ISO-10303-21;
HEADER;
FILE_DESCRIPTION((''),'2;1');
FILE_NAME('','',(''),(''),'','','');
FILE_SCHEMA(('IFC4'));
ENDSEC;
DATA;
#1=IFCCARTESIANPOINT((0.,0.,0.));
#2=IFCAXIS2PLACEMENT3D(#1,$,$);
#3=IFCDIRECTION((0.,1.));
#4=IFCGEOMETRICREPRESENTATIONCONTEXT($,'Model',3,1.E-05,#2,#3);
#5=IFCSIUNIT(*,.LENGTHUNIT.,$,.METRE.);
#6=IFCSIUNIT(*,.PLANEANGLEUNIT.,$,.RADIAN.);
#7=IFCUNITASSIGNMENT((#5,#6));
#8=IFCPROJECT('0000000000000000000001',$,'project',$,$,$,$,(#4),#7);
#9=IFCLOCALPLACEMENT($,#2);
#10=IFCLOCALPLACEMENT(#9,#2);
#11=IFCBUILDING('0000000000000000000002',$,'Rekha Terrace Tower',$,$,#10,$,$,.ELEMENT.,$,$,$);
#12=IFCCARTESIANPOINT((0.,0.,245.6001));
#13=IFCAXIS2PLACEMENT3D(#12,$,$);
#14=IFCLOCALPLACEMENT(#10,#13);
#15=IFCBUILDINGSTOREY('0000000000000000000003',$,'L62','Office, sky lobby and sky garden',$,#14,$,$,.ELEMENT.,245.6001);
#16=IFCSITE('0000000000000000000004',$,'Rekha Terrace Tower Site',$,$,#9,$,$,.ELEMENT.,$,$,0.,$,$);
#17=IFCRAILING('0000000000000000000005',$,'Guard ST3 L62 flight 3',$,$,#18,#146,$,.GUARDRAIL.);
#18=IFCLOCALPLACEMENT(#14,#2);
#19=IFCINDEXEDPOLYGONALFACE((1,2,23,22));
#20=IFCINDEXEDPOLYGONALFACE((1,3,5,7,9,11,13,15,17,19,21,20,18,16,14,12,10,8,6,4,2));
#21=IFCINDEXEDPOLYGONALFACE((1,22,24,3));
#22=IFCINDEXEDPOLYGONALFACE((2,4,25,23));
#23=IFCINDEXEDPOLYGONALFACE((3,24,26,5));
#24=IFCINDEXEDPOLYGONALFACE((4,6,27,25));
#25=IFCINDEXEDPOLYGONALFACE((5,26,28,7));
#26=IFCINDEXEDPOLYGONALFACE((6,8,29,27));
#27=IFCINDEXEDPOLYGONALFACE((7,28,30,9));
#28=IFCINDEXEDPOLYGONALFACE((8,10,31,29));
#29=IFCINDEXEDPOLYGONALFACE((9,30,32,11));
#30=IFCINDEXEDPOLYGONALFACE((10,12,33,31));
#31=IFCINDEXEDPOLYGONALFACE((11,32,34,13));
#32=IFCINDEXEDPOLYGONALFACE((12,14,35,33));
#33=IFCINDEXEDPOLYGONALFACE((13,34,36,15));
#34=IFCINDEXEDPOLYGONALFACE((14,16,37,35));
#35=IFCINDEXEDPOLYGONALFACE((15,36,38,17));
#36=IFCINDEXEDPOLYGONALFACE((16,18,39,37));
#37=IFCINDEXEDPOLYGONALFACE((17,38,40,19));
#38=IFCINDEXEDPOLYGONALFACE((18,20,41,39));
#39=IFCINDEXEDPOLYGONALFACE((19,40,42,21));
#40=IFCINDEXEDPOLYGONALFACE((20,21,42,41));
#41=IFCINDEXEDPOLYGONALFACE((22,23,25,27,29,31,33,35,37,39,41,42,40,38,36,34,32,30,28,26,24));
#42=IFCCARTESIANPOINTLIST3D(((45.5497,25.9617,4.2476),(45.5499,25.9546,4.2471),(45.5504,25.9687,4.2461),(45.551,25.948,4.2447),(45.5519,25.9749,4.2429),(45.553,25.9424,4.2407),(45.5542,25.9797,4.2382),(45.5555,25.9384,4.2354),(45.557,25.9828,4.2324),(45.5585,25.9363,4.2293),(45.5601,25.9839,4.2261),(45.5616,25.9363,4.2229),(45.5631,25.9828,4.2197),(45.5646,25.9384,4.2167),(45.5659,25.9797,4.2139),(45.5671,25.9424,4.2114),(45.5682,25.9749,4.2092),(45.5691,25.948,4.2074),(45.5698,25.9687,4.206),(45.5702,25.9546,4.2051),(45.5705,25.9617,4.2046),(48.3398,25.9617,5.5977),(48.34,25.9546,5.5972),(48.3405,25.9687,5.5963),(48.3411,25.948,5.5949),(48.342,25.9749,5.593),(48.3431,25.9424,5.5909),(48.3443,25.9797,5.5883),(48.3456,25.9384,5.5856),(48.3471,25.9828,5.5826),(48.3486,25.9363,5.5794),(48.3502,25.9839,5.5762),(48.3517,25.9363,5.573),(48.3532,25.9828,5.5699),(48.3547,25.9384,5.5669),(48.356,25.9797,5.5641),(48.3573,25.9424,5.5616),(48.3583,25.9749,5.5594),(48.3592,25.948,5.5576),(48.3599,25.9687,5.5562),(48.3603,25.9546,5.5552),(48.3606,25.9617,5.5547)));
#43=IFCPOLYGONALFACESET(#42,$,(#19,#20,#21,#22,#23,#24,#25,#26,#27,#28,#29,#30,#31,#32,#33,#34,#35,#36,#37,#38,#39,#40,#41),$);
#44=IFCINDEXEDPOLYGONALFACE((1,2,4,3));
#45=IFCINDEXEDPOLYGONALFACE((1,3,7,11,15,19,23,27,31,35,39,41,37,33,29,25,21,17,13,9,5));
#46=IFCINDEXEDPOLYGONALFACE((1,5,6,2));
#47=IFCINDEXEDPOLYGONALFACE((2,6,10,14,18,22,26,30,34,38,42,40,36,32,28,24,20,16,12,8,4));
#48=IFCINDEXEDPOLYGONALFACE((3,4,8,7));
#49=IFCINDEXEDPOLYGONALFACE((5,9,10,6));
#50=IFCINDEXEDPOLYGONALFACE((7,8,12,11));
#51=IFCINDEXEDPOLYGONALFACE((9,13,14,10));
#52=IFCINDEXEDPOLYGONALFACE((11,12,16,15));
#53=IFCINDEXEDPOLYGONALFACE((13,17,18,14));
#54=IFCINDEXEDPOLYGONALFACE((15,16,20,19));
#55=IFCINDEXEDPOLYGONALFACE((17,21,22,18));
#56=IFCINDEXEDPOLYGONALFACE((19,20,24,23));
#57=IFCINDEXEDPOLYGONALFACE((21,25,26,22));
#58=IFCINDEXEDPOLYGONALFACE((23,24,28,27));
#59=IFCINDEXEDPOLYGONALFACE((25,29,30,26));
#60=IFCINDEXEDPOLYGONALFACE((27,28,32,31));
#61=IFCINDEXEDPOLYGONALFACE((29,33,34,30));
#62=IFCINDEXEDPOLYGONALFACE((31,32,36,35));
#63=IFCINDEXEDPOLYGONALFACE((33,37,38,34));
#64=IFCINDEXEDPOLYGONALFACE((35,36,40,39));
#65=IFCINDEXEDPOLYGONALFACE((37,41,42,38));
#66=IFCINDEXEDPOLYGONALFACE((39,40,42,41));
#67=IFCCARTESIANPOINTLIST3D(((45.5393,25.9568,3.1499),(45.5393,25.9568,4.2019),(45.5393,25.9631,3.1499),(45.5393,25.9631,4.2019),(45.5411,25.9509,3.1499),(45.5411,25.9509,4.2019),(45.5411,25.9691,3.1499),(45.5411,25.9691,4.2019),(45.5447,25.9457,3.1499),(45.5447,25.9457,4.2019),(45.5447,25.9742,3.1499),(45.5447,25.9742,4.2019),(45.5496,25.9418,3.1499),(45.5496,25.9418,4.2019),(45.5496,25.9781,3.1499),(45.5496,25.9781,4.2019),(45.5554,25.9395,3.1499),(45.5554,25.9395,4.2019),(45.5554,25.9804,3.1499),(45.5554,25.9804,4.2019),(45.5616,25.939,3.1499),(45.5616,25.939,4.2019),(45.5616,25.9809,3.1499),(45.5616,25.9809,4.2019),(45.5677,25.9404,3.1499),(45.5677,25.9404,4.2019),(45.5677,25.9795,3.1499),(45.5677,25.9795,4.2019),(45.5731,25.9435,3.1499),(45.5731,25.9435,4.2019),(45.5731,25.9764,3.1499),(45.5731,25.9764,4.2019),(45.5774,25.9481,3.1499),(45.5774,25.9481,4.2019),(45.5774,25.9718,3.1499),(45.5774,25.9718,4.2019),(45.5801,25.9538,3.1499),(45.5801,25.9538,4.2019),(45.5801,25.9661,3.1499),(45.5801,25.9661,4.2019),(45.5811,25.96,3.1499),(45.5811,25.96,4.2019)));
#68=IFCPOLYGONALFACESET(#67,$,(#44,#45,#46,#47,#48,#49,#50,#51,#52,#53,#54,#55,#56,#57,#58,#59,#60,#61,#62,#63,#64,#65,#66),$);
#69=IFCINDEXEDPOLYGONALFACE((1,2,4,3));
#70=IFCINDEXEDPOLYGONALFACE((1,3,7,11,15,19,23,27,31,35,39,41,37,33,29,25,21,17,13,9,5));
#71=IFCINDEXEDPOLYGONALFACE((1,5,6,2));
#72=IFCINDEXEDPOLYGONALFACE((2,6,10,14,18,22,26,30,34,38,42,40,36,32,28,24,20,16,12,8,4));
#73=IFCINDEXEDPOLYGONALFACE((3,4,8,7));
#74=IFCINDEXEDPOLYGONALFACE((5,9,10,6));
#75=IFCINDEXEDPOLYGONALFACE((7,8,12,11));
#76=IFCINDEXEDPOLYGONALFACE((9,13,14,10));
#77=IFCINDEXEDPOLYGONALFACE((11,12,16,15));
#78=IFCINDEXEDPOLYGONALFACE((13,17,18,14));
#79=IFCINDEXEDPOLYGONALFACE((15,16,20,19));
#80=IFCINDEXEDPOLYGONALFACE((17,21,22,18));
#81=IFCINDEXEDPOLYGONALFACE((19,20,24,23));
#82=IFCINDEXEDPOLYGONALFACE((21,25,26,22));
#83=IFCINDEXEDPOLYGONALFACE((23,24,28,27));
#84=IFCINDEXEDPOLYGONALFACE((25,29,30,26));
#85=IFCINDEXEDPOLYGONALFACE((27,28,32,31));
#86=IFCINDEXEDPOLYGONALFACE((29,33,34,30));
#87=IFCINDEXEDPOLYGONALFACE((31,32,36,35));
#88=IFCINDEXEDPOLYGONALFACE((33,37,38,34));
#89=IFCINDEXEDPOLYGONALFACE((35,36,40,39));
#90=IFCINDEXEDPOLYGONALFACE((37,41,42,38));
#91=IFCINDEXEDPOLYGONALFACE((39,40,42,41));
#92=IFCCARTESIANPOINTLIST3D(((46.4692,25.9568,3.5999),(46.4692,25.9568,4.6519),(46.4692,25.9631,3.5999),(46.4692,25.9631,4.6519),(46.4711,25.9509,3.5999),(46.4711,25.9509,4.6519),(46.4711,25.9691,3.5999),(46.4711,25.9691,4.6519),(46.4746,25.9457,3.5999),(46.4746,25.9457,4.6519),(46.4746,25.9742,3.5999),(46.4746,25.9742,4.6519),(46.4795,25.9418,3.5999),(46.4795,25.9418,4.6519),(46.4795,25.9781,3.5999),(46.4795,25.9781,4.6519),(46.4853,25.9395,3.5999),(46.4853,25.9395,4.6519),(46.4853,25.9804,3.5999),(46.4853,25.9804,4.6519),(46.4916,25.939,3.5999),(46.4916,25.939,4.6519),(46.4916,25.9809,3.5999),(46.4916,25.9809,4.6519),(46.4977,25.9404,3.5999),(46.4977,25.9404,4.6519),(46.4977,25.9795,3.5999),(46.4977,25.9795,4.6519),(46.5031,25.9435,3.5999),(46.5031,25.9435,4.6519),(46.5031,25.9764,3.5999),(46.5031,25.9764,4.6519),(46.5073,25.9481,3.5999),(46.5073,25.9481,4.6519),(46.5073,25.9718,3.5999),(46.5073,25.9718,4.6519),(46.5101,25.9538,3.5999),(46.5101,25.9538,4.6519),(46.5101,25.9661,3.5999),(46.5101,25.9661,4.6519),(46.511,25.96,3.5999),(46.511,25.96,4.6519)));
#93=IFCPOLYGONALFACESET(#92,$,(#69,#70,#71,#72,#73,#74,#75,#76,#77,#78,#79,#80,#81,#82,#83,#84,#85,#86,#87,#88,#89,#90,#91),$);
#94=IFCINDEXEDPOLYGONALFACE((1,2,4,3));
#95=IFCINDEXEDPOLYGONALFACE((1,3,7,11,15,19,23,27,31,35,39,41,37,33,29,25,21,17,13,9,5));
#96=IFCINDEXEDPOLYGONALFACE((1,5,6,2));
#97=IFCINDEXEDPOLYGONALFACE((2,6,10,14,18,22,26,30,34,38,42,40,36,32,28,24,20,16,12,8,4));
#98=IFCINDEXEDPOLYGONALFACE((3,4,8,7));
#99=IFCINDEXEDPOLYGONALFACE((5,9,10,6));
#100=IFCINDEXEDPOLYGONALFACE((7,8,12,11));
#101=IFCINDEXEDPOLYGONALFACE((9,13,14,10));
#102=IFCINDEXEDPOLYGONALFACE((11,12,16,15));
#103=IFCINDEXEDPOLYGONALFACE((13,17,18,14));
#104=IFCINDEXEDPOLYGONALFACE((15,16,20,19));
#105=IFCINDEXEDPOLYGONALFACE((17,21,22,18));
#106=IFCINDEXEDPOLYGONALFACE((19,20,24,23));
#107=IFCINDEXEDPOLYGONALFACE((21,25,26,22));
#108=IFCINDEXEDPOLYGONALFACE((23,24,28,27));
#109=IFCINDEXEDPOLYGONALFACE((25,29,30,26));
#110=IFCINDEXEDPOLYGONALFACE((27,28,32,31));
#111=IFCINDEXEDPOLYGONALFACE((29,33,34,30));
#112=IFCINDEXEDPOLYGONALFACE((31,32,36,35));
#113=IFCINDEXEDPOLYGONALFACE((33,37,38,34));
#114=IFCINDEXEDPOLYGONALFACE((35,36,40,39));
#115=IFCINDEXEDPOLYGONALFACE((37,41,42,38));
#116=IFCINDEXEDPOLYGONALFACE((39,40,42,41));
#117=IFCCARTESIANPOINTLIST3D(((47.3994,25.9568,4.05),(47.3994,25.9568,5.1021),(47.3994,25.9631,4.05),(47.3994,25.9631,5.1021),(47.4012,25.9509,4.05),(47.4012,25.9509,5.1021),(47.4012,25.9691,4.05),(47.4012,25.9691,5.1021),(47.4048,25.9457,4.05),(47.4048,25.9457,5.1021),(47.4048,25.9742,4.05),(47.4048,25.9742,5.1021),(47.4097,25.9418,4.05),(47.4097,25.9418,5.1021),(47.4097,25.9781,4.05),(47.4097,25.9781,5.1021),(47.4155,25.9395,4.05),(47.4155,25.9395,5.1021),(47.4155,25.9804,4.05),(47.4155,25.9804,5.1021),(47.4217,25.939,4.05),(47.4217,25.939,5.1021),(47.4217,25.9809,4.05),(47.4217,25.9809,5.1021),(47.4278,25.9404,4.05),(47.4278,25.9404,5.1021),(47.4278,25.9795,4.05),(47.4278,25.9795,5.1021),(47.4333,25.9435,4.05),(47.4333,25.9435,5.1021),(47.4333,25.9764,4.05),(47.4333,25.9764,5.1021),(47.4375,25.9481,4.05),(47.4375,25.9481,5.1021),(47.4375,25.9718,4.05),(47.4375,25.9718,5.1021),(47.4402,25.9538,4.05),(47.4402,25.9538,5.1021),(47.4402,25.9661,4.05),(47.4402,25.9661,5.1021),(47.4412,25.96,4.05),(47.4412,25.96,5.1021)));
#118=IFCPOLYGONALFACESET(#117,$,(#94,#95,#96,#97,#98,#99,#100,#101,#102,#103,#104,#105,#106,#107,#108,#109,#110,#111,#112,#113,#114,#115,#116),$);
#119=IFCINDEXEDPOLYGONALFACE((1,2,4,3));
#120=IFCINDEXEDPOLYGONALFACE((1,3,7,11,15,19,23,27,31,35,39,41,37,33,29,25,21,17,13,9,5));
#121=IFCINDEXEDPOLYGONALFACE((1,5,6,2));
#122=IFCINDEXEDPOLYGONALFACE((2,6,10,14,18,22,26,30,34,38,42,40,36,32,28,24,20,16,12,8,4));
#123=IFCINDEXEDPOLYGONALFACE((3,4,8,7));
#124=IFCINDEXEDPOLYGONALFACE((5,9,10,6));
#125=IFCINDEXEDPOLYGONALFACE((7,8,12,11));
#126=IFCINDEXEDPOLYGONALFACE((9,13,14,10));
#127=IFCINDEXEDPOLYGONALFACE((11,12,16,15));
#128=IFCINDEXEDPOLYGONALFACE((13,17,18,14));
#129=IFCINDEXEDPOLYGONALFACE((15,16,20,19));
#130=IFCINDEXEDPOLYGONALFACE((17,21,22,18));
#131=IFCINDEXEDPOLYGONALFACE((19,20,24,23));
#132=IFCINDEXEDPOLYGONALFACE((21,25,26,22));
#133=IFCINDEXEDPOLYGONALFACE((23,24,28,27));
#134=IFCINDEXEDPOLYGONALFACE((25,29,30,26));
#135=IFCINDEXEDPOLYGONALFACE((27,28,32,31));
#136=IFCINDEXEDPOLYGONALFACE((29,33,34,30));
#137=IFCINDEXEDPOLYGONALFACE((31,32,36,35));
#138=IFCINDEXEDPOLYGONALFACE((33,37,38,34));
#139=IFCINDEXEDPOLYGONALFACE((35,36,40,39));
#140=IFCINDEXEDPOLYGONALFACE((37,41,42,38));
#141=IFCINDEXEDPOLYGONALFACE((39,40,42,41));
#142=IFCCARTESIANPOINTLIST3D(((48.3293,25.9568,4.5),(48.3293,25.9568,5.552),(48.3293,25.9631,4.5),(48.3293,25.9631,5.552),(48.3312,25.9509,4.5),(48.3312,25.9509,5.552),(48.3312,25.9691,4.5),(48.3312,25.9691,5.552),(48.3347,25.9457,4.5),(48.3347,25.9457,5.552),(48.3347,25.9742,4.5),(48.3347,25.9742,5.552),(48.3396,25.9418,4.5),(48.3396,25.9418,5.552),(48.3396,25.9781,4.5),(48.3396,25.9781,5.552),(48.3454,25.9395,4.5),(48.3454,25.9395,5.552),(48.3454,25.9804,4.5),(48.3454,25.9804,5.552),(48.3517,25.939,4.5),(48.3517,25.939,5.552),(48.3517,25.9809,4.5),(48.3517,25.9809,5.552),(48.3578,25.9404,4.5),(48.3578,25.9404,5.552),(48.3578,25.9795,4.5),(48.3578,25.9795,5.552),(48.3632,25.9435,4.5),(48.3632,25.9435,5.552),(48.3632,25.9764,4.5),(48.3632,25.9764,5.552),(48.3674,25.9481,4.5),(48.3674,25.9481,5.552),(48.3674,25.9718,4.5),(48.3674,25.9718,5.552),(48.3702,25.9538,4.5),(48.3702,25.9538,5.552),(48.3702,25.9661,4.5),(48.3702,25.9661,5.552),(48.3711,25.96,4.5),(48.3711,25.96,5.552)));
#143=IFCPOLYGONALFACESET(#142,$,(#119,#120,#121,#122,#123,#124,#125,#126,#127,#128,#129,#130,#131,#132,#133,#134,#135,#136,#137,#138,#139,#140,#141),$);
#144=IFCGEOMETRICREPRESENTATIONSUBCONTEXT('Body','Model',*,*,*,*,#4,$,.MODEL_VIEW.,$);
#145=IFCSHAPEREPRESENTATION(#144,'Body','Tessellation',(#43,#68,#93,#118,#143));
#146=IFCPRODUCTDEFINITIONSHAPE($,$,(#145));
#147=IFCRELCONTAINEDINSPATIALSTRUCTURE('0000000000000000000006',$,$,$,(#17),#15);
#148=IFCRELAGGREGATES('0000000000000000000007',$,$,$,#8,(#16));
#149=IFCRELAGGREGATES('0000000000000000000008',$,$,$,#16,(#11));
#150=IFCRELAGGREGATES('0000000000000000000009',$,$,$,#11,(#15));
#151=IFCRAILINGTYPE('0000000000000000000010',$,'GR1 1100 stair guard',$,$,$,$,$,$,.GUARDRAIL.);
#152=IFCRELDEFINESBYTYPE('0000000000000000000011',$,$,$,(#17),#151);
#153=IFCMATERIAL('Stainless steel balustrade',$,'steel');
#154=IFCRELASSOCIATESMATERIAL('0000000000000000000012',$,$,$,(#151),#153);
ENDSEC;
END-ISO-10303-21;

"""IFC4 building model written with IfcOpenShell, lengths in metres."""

from ifc_helpers import new_model, si_unit, direction, frame, origin, origin_2d, place, context, subcontext, project, spatial, circle, extrude, material, type_object, element, save


model = new_model("IFC4")

# Units and contexts
model_context = context("Model", 3, precision=1e-05, world=origin(), true_north=direction((0.0, 1.0)))
body_context = subcontext(model_context, "Body", "Model", "MODEL_VIEW")
ifc_project = project(units=[si_unit("LENGTHUNIT", "METRE"), si_unit("PLANEANGLEUNIT", "RADIAN")], contexts=[model_context])

# Site, building, storey
site_placement = place(None, origin())
site = spatial("IfcSite", under=ifc_project, at=site_placement, Name="Rekha Terrace Tower Site", CompositionType="ELEMENT", RefElevation=0.0)
building_placement = place(site_placement, origin())
building = spatial("IfcBuilding", under=site, at=building_placement, Name="Rekha Terrace Tower", CompositionType="ELEMENT")
storey_placement = place(building_placement, frame((0.0, 0.0, 245.6001)))
storey = spatial("IfcBuildingStorey", under=building, at=storey_placement, Name="L62", Description="Office, sky lobby and sky garden", CompositionType="ELEMENT", Elevation=245.6001)

# Railing
ifc_material_1 = material(Name="Stainless steel balustrade", Category="steel")
railing_type_1 = type_object("IfcRailingType", Name="GR1 1100 stair guard", PredefinedType="GUARDRAIL", material=ifc_material_1)
railing_1_placement = place(storey_placement, frame((45.5601, 25.96, 3.1499)))
element("IfcRailing", 1, at=railing_1_placement, inside=storey, type_object=railing_type_1, Name="Guard ST3 L62 flight 3", PredefinedType="GUARDRAIL", context=body_context, shape_type="SweptSolid", body=[
    extrude(circle(Radius=0.0239, at=origin_2d()), frame((0.0, 0.0, 1.0762), z_axis=(0.900149, 0.0, 0.435582), x_axis=(0.0, 1.0, 0.0)), (0.0, 0.0, 1.0), 3.0996),
    extrude(circle(Radius=0.021, at=origin_2d()), origin(), (0.0, 0.0, 1.0), 1.052),
    extrude(circle(Radius=0.021, at=origin_2d()), frame((0.9299, 0.0, 0.45)), (0.0, 0.0, 1.0), 1.052),
    extrude(circle(Radius=0.021, at=origin_2d()), frame((1.8601, 0.0, 0.9001)), (0.0, 0.0, 1.0), 1.052),
    extrude(circle(Radius=0.021, at=origin_2d()), frame((2.79, 0.0, 1.3501)), (0.0, 0.0, 1.0), 1.052),
])

save(model, "model.ifc")
